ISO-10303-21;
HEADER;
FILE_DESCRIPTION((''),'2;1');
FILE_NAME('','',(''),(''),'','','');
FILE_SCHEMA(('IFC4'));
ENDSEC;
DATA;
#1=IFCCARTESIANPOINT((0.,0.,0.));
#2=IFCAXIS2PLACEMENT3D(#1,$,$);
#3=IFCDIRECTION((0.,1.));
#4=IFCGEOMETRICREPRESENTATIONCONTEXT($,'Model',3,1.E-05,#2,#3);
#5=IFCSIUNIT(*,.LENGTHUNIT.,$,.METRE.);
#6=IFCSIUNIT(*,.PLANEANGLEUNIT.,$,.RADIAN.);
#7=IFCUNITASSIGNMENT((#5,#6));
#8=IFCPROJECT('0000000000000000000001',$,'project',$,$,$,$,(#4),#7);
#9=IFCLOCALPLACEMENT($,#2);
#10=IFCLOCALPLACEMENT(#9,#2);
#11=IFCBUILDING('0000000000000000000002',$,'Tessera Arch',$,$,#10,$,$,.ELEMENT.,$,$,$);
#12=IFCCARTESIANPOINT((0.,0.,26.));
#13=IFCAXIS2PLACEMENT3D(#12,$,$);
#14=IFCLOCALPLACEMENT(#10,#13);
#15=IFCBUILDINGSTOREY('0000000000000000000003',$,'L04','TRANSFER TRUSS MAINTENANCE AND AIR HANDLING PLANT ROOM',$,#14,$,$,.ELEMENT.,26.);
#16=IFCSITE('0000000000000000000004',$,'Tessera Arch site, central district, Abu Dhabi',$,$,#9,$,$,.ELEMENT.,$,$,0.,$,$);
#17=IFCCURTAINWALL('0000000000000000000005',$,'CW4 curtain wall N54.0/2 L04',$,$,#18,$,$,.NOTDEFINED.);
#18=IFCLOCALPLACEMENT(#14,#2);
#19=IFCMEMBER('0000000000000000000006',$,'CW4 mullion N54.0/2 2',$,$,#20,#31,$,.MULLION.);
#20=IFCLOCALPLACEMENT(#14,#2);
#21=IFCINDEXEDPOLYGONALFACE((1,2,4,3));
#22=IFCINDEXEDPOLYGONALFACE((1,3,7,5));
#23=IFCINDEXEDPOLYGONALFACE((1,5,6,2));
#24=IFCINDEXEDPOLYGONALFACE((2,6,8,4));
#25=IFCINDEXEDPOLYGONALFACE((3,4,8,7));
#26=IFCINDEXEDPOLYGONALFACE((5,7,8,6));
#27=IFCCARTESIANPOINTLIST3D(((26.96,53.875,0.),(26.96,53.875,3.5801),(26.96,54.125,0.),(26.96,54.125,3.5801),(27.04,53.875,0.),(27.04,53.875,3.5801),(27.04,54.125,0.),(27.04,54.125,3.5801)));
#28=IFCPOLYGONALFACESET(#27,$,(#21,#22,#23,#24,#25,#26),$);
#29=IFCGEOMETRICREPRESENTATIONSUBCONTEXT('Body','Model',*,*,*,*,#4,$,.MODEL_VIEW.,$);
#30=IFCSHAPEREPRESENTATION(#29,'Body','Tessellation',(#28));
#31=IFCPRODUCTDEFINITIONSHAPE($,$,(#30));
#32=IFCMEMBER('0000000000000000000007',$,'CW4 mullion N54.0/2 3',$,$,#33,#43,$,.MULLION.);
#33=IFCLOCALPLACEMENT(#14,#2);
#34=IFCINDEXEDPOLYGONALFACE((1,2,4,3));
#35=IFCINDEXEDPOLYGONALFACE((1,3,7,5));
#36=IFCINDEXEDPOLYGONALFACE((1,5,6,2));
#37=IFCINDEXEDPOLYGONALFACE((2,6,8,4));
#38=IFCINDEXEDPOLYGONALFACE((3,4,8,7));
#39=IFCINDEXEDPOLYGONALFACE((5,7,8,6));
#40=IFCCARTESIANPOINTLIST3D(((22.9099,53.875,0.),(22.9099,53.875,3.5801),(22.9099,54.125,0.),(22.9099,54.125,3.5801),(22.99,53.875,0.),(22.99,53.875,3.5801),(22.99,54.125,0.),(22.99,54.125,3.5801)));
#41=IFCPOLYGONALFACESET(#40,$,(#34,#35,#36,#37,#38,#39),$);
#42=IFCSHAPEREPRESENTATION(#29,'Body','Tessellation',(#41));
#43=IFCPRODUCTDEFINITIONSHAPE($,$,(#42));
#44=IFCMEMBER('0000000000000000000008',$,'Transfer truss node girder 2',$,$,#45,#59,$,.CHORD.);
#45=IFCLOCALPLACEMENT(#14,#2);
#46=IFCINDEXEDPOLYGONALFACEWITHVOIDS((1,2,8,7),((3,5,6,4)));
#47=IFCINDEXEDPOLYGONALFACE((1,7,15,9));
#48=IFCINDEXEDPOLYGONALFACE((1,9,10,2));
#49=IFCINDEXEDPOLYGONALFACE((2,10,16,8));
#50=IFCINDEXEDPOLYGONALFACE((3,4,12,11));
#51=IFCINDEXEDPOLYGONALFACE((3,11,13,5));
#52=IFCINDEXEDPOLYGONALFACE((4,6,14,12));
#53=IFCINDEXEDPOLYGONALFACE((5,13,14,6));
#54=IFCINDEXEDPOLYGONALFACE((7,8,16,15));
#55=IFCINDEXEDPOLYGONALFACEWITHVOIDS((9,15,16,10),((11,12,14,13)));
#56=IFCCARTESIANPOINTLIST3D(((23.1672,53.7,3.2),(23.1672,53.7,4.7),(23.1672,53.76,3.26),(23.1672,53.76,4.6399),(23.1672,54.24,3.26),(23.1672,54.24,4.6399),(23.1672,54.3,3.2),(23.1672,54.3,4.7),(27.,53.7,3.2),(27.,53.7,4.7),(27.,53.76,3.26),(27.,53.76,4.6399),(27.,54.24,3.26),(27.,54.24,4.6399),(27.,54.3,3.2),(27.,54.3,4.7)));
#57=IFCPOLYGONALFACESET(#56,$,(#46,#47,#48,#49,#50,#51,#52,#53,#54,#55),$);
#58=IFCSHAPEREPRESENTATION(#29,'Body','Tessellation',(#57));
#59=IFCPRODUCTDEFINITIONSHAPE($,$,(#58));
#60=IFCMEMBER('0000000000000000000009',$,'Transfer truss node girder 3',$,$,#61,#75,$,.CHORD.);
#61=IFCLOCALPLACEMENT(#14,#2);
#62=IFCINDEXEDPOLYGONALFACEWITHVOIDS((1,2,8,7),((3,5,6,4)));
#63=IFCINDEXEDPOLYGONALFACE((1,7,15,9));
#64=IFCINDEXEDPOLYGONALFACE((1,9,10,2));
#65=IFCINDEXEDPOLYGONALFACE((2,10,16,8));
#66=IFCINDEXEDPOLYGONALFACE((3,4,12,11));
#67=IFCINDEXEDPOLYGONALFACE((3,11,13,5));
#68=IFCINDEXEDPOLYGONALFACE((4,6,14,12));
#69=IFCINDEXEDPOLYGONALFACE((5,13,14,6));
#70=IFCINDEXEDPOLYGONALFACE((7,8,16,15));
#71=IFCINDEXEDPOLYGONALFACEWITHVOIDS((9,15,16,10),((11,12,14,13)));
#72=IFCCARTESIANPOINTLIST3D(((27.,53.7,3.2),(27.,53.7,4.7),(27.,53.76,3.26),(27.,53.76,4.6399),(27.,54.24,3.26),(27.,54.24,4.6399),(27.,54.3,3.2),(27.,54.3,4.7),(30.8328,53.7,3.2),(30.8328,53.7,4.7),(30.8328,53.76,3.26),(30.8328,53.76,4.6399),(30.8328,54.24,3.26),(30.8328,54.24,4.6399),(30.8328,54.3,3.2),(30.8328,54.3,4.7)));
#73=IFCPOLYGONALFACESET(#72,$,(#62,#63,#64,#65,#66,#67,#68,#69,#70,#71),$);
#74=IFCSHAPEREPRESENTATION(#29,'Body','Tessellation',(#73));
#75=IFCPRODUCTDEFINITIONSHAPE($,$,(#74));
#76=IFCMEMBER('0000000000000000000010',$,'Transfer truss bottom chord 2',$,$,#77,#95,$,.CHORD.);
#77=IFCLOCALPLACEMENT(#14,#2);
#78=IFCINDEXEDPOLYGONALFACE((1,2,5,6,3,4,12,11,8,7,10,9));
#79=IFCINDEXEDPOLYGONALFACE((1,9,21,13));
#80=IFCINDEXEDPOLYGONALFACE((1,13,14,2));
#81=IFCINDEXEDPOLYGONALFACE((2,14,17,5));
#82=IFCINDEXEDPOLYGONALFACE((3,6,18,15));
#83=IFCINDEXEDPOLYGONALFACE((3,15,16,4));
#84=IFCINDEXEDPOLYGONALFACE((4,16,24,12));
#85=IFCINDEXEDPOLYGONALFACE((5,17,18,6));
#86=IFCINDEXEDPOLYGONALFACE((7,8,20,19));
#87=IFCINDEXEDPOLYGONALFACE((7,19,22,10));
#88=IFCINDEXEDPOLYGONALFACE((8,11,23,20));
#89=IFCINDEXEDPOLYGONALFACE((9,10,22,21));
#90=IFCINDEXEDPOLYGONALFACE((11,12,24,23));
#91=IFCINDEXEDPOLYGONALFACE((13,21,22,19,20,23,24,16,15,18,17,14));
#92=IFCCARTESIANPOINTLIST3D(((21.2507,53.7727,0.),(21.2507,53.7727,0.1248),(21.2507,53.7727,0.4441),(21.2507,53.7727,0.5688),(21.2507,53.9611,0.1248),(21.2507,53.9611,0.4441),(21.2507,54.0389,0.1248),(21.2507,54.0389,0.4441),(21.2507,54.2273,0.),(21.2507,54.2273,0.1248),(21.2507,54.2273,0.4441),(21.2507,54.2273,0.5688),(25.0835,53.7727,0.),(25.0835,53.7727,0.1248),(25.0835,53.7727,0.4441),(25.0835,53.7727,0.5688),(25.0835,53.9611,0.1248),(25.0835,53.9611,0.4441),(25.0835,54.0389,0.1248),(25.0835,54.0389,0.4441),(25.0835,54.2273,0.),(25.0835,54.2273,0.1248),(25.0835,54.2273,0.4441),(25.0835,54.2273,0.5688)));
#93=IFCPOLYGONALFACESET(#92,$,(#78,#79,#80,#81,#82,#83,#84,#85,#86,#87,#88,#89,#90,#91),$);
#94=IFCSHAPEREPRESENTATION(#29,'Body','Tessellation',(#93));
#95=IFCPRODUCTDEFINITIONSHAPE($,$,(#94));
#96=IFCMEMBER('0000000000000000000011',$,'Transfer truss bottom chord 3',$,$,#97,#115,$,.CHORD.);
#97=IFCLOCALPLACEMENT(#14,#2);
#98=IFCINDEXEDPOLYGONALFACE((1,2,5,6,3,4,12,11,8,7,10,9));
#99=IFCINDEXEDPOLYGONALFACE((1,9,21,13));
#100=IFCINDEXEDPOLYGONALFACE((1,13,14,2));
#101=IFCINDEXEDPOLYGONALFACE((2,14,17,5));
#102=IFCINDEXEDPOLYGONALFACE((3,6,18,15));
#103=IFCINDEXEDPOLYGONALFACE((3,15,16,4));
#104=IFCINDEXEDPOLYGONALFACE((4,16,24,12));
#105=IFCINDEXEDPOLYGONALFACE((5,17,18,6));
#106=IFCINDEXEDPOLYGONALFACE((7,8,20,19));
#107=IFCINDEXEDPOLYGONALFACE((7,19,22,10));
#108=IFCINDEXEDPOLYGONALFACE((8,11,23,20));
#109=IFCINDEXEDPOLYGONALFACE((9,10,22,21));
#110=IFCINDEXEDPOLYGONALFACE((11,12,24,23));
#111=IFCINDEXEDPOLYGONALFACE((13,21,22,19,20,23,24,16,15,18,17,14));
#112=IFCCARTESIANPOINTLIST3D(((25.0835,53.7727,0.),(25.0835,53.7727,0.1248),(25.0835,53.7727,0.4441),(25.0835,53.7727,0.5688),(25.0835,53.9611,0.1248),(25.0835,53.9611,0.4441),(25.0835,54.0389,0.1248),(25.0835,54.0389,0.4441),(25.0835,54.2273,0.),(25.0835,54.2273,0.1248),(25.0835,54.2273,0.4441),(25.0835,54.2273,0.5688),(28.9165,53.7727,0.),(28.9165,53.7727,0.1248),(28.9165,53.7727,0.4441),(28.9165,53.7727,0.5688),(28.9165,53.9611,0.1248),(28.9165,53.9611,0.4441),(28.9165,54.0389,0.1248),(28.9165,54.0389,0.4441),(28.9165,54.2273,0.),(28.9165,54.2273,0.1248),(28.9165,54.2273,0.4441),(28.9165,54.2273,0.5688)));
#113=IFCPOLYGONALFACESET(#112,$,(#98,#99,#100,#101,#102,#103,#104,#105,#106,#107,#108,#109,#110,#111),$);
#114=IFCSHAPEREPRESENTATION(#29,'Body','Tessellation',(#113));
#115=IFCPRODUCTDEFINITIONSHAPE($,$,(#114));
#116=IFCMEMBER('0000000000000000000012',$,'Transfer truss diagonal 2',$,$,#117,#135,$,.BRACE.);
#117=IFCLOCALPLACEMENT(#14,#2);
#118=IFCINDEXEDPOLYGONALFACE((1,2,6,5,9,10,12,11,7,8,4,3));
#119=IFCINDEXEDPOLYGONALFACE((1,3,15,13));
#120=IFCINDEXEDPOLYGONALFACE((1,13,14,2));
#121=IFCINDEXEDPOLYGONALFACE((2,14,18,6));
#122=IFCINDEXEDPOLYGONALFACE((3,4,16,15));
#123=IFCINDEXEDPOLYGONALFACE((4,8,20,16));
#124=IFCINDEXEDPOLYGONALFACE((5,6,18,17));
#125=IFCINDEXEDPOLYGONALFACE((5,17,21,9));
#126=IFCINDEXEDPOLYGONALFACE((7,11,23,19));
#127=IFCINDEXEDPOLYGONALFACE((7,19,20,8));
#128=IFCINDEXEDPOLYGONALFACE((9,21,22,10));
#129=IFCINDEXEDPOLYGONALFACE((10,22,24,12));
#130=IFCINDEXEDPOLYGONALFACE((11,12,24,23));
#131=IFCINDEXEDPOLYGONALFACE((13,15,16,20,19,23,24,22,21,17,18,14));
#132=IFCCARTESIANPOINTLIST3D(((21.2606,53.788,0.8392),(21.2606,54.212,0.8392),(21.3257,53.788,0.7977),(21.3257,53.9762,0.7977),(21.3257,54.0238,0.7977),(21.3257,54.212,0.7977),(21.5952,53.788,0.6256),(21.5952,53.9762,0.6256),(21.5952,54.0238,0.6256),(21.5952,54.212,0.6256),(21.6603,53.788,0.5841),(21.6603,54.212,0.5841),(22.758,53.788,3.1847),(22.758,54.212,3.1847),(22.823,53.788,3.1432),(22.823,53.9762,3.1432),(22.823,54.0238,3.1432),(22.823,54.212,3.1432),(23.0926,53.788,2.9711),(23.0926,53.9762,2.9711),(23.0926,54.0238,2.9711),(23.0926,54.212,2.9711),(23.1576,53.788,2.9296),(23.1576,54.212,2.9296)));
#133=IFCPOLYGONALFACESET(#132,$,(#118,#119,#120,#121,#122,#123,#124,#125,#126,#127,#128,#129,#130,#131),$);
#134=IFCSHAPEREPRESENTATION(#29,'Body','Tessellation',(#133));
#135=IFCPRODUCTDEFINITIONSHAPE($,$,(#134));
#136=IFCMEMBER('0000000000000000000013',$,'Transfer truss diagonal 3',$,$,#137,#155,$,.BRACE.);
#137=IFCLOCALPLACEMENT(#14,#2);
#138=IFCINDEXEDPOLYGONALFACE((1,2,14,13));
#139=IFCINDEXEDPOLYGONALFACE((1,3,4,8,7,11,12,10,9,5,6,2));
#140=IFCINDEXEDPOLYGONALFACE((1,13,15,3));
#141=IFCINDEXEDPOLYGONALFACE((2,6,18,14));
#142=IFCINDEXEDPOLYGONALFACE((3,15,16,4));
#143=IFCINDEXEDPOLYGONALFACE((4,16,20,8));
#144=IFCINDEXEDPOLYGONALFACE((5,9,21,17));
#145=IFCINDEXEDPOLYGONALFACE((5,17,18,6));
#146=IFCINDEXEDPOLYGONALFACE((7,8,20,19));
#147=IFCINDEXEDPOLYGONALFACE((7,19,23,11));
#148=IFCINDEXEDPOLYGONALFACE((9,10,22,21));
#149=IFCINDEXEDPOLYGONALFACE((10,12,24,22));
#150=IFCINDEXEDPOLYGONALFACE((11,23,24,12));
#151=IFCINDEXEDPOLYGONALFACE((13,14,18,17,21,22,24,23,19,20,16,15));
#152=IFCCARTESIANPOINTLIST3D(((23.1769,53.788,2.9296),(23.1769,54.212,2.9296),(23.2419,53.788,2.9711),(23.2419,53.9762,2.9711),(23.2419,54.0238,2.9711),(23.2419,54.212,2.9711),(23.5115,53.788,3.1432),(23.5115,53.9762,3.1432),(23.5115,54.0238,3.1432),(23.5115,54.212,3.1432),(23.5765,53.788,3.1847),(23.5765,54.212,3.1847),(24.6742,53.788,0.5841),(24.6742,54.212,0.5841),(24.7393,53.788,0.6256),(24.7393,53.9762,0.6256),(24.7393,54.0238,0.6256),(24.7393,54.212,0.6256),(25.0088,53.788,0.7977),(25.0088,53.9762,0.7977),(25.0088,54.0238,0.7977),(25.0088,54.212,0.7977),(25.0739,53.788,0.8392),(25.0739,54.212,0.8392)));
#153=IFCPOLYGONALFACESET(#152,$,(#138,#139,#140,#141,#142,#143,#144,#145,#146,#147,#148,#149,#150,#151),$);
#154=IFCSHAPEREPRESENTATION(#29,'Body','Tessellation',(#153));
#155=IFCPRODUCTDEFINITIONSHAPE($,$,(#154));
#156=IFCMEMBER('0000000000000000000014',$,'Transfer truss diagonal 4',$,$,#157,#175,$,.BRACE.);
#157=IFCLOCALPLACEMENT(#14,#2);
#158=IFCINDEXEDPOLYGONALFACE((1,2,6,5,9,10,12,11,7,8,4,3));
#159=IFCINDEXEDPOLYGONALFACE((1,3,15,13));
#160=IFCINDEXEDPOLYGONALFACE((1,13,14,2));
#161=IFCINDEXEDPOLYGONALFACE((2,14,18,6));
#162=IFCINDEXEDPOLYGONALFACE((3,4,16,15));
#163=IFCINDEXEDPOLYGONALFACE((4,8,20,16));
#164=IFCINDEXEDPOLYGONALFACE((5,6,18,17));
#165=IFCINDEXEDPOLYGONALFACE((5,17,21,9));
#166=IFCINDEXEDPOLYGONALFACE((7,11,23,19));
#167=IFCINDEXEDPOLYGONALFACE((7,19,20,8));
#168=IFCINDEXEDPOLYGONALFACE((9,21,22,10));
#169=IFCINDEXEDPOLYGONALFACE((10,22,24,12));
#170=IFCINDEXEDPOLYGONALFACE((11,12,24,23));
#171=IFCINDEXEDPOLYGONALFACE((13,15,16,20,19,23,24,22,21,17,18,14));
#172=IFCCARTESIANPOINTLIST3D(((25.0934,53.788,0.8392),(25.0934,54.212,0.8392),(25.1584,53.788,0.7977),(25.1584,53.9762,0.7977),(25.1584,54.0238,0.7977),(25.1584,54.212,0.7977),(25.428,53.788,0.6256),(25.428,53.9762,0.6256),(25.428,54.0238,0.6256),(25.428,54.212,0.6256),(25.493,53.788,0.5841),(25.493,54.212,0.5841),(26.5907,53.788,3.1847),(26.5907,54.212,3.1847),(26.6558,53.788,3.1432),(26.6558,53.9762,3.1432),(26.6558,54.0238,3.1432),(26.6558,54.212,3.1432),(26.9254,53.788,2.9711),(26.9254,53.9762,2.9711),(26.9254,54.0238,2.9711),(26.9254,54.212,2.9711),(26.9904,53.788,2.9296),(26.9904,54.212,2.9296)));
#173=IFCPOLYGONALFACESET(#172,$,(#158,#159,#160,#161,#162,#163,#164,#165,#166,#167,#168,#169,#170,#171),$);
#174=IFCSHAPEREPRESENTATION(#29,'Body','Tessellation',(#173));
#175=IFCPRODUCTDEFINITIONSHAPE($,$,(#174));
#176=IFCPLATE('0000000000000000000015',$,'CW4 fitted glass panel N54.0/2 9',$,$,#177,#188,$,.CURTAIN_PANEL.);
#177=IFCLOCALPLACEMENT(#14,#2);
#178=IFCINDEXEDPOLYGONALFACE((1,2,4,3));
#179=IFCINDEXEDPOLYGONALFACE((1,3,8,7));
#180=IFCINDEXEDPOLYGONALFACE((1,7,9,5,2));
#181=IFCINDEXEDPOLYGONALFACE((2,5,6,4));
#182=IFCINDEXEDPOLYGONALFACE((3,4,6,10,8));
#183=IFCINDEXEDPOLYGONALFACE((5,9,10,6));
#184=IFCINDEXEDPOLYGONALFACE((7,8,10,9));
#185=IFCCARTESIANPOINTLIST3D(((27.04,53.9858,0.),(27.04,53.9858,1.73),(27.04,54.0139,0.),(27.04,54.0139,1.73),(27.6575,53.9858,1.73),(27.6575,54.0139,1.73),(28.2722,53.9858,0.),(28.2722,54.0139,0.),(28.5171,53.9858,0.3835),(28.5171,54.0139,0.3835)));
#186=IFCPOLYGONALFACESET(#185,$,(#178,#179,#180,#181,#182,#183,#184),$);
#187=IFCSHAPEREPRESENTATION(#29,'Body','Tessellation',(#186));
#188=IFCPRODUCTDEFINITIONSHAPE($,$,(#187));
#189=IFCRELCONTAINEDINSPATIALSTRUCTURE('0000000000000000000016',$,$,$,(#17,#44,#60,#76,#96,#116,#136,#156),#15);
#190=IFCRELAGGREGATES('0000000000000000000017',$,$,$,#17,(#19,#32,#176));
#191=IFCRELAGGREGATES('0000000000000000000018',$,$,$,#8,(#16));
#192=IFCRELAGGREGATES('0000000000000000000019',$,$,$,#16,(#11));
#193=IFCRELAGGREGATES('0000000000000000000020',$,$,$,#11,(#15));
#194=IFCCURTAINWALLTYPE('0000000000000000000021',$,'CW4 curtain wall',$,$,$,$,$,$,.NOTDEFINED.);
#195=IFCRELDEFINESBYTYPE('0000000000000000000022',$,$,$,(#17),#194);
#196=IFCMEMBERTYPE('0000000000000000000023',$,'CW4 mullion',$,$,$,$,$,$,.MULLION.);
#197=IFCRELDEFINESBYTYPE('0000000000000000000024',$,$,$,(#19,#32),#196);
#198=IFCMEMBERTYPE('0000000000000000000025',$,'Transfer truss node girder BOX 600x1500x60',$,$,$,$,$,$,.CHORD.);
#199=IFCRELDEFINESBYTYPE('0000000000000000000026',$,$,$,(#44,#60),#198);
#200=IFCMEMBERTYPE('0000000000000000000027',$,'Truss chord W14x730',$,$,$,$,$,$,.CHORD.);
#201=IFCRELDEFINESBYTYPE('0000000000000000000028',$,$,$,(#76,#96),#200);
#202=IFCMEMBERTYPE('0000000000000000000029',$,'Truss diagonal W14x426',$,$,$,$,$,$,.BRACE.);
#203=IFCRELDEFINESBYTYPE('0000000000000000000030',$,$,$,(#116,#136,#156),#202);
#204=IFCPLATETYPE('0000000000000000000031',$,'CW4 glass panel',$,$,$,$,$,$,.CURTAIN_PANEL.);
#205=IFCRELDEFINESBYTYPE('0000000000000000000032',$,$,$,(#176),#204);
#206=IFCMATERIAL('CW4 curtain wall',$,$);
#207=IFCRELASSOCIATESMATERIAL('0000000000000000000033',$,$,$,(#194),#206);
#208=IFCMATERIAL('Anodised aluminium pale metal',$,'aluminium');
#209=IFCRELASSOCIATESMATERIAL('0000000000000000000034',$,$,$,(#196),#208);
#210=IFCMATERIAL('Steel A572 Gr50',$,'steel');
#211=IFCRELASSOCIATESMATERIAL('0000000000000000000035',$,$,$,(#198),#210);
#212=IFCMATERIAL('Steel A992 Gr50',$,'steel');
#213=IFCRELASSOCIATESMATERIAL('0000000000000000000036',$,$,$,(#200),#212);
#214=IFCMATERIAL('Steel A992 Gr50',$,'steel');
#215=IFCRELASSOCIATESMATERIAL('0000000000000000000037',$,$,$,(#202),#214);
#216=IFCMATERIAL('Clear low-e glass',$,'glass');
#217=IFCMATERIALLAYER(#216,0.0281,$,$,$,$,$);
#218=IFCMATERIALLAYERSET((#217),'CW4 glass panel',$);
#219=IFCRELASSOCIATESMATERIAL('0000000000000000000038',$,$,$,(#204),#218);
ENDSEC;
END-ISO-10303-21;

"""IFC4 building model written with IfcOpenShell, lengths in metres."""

from ifc_helpers import new_model, si_unit, direction, frame, origin, origin_2d, place, context, subcontext, project, spatial, polyline, rectangle, hollow_rectangle, i_section, outline, extrude, material, layer, layer_set, material_profile, profile_set, type_object, element, aggregate, save


model = new_model("IFC4")

# Units and contexts
model_context = context("Model", 3, precision=1e-05, world=origin(), true_north=direction((0.0, 1.0)))
body_context = subcontext(model_context, "Body", "Model", "MODEL_VIEW")
ifc_project = project(units=[si_unit("LENGTHUNIT", "METRE"), si_unit("PLANEANGLEUNIT", "RADIAN")], contexts=[model_context])

# Site, building, storey
site_placement = place(None, origin())
site = spatial("IfcSite", under=ifc_project, at=site_placement, Name="Tessera Arch site, central district, Abu Dhabi", CompositionType="ELEMENT", RefElevation=0.0)
building_placement = place(site_placement, origin())
building = spatial("IfcBuilding", under=site, at=building_placement, Name="Tessera Arch", CompositionType="ELEMENT")
storey_placement = place(building_placement, frame((0.0, 0.0, 26.0)))
storey = spatial("IfcBuildingStorey", under=building, at=storey_placement, Name="L04", Description="TRANSFER TRUSS MAINTENANCE AND AIR HANDLING PLANT ROOM", CompositionType="ELEMENT", Elevation=26.0)

# Curtain wall, members
ifc_material_1 = material(Name="CW4 curtain wall")
curtain_wall_type = type_object("IfcCurtainWallType", Name="CW4 curtain wall", PredefinedType="NOTDEFINED", material=ifc_material_1)
curtain_wall_placement = place(storey_placement, origin())
curtain_wall = element("IfcCurtainWall", 1, at=curtain_wall_placement, inside=storey, type_object=curtain_wall_type, Name="CW4 curtain wall N54.0/2 L04", PredefinedType="NOTDEFINED")
ifc_material_2 = material(Name="Anodised aluminium pale metal", Category="aluminium")
ifc_material_profile_1 = material_profile(ifc_material_2, rectangle(XDim=0.25, YDim=0.0801, at=origin_2d()), Name="AL 80x250")
ifc_profile_set_1 = profile_set([ifc_material_profile_1], Name="Anodised aluminium pale metal")
member_type_1 = type_object("IfcMemberType", Name="CW4 mullion", PredefinedType="MULLION", material=ifc_profile_set_1)
member_1_placement = place(storey_placement, frame((27.0, 54.0, 0.0), z_axis=(0.0, 0.0, 1.0), x_axis=(0.0, -1.0, 0.0)))
member_1 = element("IfcMember", 2, at=member_1_placement, type_object=member_type_1, Name="CW4 mullion N54.0/2 2", PredefinedType="MULLION", context=body_context, shape_type="SweptSolid", body=[
    extrude(rectangle(XDim=0.25, YDim=0.0801, at=origin_2d()), origin(), (0.0, 0.0, 1.0), 3.5801),
])
member_2_placement = place(storey_placement, frame((22.95, 54.0, 0.0), z_axis=(0.0, 0.0, 1.0), x_axis=(0.0, -1.0, 0.0)))
member_2 = element("IfcMember", 3, at=member_2_placement, type_object=member_type_1, Name="CW4 mullion N54.0/2 3", PredefinedType="MULLION", context=body_context, shape_type="SweptSolid", body=[
    extrude(rectangle(XDim=0.25, YDim=0.0801, at=origin_2d()), origin(), (0.0, 0.0, 1.0), 3.5801),
])

# Members
ifc_material_3 = material(Name="Steel A572 Gr50", Category="steel")
ifc_material_profile_2 = material_profile(ifc_material_3, hollow_rectangle(XDim=0.6001, YDim=1.5, WallThickness=0.0601, at=origin_2d()), Name="BOX 600x1500x60")
ifc_profile_set_2 = profile_set([ifc_material_profile_2], Name="Steel A572 Gr50")
member_type_2 = type_object("IfcMemberType", Name="Transfer truss node girder BOX 600x1500x60", PredefinedType="CHORD", material=ifc_profile_set_2)
for number, where, z_axis, x_axis, name in (
    (4, (23.1672, 54.0, 3.95), (1.0, 0.0, 0.0), (0.0, 1.0, 0.0), "Transfer truss node girder 2"),
    (5, (27.0, 54.0, 3.95), (1.0, 0.0, 0.0), (0.0, 1.0, 0.0), "Transfer truss node girder 3"),
):
    element("IfcMember", number, at=place(storey_placement, frame(where, z_axis=z_axis, x_axis=x_axis)), inside=storey, type_object=member_type_2, Name=name, PredefinedType="CHORD", context=body_context, shape_type="SweptSolid", body=[
        extrude(hollow_rectangle(XDim=0.6001, YDim=1.5, WallThickness=0.0601, at=origin_2d()), origin(), (0.0, 0.0, 1.0), 3.8328),
    ])
ifc_material_4 = material(Name="Steel A992 Gr50", Category="steel")
ifc_material_profile_3 = material_profile(ifc_material_4, i_section(OverallWidth=0.4546, OverallDepth=0.5688, WebThickness=0.0779, FlangeThickness=0.1248, at=origin_2d()), Name="W14x730")
ifc_profile_set_3 = profile_set([ifc_material_profile_3], Name="Steel A992 Gr50")
member_type_3 = type_object("IfcMemberType", Name="Truss chord W14x730", PredefinedType="CHORD", material=ifc_profile_set_3)
member_3_placement = place(storey_placement, frame((21.2507, 54.0, 0.2844), z_axis=(1.0, 0.0, 0.0), x_axis=(0.0, 1.0, 0.0)))
element("IfcMember", 6, at=member_3_placement, inside=storey, type_object=member_type_3, Name="Transfer truss bottom chord 2", PredefinedType="CHORD", context=body_context, shape_type="SweptSolid", body=[
    extrude(i_section(OverallWidth=0.4546, OverallDepth=0.5688, WebThickness=0.0779, FlangeThickness=0.1248, at=origin_2d()), origin(), (0.0, 0.0, 1.0), 3.8328),
])
member_4_placement = place(storey_placement, frame((25.0835, 54.0, 0.2844), z_axis=(1.0, 0.0, 0.0), x_axis=(0.0, 1.0, 0.0)))
element("IfcMember", 7, at=member_4_placement, inside=storey, type_object=member_type_3, Name="Transfer truss bottom chord 3", PredefinedType="CHORD", context=body_context, shape_type="SweptSolid", body=[
    extrude(i_section(OverallWidth=0.4546, OverallDepth=0.5688, WebThickness=0.0779, FlangeThickness=0.1248, at=origin_2d()), origin(), (0.0, 0.0, 1.0), 3.833),
])
ifc_material_5 = material(Name="Steel A992 Gr50", Category="steel")
ifc_material_profile_4 = material_profile(ifc_material_5, i_section(OverallWidth=0.4241, OverallDepth=0.4741, WebThickness=0.0476, FlangeThickness=0.0771, at=origin_2d()), Name="W14x426")
ifc_profile_set_4 = profile_set([ifc_material_profile_4], Name="Steel A992 Gr50")
member_type_4 = type_object("IfcMemberType", Name="Truss diagonal W14x426", PredefinedType="BRACE", material=ifc_profile_set_4)
for number, where, z_axis, x_axis, name in (
    (8, (21.4604, 54.0, 0.7117), (0.53809, 0.0, 0.842887), (0.0, 1.0, 0.0), "Transfer truss diagonal 2"),
    (9, (23.3767, 54.0, 3.0571), (0.53809, 0.0, -0.842887), (0.0, 1.0, 0.0), "Transfer truss diagonal 3"),
    (10, (25.2932, 54.0, 0.7117), (0.53809, 0.0, 0.842887), (0.0, 1.0, 0.0), "Transfer truss diagonal 4"),
):
    element("IfcMember", number, at=place(storey_placement, frame(where, z_axis=z_axis, x_axis=x_axis)), inside=storey, type_object=member_type_4, Name=name, PredefinedType="BRACE", context=body_context, shape_type="SweptSolid", body=[
        extrude(i_section(OverallWidth=0.4241, OverallDepth=0.4741, WebThickness=0.0476, FlangeThickness=0.0771, at=origin_2d()), origin(), (0.0, 0.0, 1.0), 2.7827),
    ])

# Plate
ifc_material_6 = material(Name="Clear low-e glass", Category="glass")
ifc_layer_1 = layer(ifc_material_6, 0.0281)
ifc_layer_set_1 = layer_set([ifc_layer_1], Name="CW4 glass panel")
plate_type_1 = type_object("IfcPlateType", Name="CW4 glass panel", PredefinedType="CURTAIN_PANEL", material=ifc_layer_set_1)
plate_1_placement = place(storey_placement, frame((27.04, 54.0139, 1.73), z_axis=(0.0, 1.0, 0.0), x_axis=(1.0, 0.0, 0.0)))
plate_1 = element("IfcPlate", 11, at=plate_1_placement, type_object=plate_type_1, Name="CW4 fitted glass panel N54.0/2 9", PredefinedType="CURTAIN_PANEL", context=body_context, shape_type="SweptSolid", body=[
    extrude(outline(polyline([(0.0, 0.0), (0.6174, 0.0), (1.4771, 1.3464), (1.2322, 1.73), (0.0, 1.73), (0.0, 0.0)])), origin(), (0.0, 0.0, -1.0), 0.0281),
])
aggregate(curtain_wall, [member_1, member_2, plate_1])

save(model, "model.ifc")
